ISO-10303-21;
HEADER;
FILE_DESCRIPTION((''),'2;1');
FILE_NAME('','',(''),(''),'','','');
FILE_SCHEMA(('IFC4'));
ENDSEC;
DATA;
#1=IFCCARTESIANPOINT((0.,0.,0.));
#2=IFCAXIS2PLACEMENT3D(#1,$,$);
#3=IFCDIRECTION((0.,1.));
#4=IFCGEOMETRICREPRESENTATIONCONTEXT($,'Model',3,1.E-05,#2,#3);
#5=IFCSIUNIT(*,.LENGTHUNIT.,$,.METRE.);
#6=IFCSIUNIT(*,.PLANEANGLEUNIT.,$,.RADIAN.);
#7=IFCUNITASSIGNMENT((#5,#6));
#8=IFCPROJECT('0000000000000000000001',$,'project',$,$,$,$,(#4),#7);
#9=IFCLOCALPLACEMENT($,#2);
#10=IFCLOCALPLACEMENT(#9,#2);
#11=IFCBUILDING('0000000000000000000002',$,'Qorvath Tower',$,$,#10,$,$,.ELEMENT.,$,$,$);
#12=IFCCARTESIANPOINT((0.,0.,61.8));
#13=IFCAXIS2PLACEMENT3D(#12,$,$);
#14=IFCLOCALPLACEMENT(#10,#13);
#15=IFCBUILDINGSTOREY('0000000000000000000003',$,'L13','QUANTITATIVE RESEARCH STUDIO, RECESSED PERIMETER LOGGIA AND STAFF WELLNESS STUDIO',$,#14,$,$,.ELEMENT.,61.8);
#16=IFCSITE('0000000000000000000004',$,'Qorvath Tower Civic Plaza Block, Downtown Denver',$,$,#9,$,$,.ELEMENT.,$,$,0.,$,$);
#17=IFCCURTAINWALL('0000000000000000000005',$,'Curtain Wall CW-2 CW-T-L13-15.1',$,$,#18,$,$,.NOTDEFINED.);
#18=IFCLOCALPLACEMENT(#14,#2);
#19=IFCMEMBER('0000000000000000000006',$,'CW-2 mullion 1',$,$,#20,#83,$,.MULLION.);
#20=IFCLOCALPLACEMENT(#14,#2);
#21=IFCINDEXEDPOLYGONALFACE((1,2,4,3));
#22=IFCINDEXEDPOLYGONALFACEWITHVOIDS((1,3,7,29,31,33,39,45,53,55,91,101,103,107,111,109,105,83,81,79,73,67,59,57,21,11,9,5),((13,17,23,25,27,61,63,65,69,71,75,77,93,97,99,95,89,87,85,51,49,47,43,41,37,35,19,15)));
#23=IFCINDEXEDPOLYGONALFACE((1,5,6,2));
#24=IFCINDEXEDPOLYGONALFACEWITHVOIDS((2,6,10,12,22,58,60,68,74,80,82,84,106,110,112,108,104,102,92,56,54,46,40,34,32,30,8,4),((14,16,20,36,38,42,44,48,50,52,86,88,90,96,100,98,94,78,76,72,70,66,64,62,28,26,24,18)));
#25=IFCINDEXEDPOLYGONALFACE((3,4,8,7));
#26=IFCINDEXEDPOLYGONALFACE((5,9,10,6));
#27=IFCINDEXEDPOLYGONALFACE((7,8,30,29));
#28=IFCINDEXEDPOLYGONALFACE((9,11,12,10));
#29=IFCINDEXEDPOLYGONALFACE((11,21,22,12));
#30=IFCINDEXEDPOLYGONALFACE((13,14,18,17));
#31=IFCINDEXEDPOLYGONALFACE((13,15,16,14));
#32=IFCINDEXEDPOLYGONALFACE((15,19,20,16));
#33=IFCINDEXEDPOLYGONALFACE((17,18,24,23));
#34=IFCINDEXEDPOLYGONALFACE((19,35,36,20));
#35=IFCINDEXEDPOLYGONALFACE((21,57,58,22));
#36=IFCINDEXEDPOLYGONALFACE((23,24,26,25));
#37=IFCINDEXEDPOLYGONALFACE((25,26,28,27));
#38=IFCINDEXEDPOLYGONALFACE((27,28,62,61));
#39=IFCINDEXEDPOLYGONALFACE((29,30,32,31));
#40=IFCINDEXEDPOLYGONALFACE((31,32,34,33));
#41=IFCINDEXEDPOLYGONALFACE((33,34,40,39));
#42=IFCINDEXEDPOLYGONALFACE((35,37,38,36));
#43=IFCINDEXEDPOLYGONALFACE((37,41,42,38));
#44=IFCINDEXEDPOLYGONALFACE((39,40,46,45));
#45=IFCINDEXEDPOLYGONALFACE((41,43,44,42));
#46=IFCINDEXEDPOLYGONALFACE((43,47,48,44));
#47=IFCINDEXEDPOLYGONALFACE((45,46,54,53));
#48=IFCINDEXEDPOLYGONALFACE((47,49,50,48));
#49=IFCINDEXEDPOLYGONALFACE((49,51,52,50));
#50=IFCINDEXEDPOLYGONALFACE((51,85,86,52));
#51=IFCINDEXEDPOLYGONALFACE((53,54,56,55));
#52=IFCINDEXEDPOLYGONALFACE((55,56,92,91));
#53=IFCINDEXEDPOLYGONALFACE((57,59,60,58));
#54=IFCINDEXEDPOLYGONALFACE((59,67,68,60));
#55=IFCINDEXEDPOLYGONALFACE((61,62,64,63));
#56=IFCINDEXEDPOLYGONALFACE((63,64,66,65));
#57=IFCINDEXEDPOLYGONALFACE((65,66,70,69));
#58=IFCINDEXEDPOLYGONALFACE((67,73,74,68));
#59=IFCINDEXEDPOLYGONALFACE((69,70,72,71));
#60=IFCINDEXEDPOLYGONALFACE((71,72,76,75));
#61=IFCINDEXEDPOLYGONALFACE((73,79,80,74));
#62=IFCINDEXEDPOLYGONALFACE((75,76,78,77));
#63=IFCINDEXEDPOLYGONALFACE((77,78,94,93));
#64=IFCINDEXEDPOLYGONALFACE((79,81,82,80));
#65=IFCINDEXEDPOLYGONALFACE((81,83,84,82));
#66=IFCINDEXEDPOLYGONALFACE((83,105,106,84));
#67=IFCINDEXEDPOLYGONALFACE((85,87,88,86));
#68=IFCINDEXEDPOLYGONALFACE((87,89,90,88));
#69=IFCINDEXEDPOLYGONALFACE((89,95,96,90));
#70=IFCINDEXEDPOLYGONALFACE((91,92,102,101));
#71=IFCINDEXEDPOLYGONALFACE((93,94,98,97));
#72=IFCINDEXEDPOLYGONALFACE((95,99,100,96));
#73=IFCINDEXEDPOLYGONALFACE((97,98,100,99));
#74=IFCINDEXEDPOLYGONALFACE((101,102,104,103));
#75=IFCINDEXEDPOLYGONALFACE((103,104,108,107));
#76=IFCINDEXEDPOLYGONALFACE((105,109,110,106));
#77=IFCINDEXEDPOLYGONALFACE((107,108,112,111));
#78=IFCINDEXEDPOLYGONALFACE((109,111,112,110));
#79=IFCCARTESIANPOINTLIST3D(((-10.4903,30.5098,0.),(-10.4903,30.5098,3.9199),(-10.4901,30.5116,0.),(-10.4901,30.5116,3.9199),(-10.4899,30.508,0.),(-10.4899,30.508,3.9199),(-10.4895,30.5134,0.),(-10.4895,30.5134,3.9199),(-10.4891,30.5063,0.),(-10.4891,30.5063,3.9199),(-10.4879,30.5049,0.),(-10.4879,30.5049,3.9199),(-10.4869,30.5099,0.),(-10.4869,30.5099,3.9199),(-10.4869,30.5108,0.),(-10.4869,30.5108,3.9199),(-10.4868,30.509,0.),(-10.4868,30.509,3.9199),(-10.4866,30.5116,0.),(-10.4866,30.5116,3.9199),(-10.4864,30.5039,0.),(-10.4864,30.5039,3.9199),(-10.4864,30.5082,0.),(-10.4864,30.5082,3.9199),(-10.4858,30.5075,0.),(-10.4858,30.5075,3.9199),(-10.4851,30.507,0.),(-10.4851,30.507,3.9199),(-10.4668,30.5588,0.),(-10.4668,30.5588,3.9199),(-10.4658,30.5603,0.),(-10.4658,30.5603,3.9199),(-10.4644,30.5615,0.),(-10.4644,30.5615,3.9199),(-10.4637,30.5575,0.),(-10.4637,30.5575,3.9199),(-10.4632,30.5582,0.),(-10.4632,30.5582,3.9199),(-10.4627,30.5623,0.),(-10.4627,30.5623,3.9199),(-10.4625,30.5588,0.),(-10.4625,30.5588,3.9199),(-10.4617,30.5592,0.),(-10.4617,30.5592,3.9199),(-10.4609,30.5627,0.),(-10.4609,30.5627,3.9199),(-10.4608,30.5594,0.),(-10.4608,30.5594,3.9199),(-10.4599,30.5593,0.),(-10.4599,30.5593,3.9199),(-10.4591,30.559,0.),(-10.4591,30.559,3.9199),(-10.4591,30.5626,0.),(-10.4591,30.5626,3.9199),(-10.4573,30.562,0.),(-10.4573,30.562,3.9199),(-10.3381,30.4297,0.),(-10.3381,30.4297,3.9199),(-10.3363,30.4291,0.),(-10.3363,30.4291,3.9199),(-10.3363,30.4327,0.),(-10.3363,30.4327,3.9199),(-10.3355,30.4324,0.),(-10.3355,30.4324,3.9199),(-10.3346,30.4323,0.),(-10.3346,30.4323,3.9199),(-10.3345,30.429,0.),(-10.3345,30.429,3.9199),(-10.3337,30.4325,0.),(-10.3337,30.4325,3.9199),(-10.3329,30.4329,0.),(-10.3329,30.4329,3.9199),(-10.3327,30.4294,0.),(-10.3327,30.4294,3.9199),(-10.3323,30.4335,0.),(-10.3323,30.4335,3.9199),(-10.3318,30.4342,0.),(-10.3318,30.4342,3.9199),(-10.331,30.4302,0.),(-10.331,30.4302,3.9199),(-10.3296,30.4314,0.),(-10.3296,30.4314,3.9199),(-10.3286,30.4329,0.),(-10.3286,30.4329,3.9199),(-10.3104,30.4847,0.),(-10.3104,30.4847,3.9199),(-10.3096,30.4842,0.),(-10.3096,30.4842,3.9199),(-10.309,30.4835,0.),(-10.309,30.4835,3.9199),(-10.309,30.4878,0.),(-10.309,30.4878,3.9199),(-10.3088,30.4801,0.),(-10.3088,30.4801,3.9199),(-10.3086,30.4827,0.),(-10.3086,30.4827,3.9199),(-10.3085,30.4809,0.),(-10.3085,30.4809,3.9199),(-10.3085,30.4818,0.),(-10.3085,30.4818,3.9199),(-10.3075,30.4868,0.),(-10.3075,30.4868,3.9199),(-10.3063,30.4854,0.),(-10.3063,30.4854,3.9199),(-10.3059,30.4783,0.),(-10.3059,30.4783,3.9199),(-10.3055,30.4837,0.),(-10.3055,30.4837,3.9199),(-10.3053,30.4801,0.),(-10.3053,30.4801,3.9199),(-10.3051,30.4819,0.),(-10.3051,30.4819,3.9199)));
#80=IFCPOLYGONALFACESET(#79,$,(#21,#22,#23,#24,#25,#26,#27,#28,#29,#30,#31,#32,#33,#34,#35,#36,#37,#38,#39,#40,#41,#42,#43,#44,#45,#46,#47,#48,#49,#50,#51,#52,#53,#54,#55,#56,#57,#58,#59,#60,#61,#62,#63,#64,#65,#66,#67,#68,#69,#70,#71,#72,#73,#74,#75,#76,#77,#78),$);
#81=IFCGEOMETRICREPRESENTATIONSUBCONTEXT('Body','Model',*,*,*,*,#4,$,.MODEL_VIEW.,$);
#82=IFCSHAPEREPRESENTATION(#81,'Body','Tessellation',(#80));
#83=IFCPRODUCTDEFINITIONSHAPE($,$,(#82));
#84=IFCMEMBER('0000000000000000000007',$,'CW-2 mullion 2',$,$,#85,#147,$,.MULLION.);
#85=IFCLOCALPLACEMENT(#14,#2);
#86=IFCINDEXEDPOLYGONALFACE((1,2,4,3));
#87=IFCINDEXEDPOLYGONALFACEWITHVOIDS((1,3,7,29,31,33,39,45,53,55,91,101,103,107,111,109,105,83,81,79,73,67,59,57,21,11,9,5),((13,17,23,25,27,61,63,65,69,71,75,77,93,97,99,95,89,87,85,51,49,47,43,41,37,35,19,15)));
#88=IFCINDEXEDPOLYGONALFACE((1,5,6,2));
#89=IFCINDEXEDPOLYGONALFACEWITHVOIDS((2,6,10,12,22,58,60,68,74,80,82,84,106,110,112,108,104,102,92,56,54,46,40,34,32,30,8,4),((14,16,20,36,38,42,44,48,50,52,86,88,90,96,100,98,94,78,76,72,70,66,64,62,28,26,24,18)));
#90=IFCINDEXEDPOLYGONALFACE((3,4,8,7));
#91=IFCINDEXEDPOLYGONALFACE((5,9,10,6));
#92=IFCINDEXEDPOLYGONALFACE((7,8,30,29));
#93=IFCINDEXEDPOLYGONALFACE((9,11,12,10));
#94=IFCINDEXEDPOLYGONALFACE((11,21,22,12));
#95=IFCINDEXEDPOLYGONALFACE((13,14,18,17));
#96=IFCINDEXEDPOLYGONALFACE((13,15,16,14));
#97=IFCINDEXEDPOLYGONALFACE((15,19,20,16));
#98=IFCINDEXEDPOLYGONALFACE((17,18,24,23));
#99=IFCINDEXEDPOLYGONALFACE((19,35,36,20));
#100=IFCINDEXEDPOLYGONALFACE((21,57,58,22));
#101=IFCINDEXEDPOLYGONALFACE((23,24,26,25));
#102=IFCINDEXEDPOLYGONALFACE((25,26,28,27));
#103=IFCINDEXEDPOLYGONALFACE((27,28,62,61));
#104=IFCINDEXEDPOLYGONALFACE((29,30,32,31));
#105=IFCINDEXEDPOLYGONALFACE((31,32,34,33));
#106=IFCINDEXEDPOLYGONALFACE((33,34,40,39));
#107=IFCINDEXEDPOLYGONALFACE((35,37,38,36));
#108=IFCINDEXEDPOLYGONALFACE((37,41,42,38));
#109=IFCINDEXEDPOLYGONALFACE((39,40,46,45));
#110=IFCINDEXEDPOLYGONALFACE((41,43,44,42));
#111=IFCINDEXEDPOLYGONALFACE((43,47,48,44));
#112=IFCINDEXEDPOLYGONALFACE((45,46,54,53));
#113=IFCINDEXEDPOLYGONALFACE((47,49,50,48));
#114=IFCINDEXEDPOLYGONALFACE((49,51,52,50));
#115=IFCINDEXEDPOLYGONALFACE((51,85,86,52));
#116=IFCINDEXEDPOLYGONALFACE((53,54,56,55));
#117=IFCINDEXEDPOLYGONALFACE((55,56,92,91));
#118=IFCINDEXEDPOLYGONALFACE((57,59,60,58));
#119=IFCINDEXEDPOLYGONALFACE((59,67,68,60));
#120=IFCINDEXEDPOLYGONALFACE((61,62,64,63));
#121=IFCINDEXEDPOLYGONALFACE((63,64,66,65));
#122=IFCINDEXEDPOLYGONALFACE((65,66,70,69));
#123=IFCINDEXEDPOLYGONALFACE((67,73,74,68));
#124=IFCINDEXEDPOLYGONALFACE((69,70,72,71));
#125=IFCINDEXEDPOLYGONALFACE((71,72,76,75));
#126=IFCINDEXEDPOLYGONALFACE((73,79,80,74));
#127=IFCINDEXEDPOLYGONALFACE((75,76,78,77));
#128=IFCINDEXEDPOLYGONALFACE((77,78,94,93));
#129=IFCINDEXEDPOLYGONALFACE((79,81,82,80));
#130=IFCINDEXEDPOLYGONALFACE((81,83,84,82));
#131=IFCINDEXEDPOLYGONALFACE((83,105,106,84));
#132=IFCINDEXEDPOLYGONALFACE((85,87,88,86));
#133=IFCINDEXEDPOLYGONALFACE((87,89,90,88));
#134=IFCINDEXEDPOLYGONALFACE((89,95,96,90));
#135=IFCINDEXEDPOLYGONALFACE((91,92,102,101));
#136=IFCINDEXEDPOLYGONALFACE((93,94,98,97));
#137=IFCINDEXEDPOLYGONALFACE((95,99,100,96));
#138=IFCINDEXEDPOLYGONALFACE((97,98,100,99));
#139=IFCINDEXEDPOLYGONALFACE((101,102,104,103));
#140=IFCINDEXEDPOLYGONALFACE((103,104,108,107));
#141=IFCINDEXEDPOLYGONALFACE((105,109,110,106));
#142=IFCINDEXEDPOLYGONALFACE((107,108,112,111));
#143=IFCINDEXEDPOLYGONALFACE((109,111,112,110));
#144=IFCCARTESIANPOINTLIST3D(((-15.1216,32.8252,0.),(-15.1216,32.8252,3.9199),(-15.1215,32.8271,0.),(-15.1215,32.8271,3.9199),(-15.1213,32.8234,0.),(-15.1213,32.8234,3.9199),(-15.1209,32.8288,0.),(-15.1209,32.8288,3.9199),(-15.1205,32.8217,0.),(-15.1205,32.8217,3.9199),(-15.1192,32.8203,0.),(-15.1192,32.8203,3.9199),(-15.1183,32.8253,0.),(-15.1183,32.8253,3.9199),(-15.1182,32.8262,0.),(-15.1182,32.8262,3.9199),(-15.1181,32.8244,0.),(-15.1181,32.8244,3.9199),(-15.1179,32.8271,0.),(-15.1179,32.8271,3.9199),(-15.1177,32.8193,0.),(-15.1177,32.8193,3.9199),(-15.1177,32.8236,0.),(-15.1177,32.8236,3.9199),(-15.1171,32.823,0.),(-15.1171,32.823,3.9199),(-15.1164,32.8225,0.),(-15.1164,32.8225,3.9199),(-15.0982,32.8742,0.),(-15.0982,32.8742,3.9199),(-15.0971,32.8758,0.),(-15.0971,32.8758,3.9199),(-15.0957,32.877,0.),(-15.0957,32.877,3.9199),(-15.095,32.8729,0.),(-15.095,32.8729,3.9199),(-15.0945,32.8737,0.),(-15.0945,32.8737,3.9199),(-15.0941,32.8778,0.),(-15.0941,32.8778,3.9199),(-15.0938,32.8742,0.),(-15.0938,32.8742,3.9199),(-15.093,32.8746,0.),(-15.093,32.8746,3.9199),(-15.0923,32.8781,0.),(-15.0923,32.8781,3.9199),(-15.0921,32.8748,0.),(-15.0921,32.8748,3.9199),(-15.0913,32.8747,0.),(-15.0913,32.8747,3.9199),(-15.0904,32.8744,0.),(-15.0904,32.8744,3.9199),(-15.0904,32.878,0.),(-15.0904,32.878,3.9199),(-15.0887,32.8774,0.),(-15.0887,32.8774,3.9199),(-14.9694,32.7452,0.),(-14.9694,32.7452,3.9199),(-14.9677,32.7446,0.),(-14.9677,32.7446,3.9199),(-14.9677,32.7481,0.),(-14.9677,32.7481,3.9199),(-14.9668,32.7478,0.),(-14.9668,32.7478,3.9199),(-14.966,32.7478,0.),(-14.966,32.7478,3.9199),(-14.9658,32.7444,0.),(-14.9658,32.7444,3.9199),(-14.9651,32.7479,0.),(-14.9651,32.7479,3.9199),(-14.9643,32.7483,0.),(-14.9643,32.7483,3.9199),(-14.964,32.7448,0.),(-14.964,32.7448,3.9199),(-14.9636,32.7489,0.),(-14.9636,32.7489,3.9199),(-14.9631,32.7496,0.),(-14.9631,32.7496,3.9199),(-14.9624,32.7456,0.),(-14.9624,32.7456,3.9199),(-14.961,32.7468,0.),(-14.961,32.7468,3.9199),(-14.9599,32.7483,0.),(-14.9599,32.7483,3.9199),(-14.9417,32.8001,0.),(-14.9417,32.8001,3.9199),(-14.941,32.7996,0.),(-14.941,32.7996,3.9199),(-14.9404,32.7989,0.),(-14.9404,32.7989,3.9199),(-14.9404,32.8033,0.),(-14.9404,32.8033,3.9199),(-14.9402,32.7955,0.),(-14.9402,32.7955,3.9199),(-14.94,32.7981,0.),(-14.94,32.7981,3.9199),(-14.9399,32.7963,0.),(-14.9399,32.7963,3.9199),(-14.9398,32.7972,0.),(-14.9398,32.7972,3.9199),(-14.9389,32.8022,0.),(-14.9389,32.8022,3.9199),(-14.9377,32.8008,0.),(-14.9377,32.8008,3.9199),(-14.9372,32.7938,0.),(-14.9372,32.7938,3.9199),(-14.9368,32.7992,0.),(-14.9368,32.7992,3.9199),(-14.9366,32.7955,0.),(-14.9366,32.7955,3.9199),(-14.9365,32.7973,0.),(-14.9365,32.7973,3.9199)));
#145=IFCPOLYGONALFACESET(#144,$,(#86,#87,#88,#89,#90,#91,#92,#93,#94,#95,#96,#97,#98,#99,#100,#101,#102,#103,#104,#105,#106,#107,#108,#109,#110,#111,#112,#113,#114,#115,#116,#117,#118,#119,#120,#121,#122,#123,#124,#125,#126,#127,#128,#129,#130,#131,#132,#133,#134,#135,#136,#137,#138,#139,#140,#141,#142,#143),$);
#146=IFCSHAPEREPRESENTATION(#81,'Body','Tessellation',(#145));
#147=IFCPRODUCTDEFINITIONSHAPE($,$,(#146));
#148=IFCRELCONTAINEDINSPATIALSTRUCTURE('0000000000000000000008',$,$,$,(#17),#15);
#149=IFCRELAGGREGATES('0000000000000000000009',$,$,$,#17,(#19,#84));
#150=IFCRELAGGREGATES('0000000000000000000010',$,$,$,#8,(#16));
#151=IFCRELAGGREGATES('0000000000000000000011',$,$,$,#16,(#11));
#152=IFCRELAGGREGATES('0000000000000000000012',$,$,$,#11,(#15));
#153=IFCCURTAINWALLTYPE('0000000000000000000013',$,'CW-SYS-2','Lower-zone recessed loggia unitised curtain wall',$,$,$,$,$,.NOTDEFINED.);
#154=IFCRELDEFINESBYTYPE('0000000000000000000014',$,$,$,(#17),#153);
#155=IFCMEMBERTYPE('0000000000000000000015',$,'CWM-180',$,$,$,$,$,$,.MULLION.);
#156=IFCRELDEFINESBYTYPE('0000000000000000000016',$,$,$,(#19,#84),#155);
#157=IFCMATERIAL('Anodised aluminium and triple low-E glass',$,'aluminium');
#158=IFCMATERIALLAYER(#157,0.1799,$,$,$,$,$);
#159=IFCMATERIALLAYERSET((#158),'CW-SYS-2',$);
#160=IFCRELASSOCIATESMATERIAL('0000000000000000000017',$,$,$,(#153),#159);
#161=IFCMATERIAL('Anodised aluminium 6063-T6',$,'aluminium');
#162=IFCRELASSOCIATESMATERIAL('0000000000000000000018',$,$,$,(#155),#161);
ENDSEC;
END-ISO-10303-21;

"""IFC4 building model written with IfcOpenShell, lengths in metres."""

from ifc_helpers import new_model, si_unit, direction, frame, origin, origin_2d, place, context, subcontext, project, spatial, hollow_rectangle, extrude, material, layer, layer_set, material_profile, profile_set, type_object, element, aggregate, save


model = new_model("IFC4")

# Units and contexts
model_context = context("Model", 3, precision=1e-05, world=origin(), true_north=direction((0.0, 1.0)))
body_context = subcontext(model_context, "Body", "Model", "MODEL_VIEW")
ifc_project = project(units=[si_unit("LENGTHUNIT", "METRE"), si_unit("PLANEANGLEUNIT", "RADIAN")], contexts=[model_context])

# Site, building, storey
site_placement = place(None, origin())
site = spatial("IfcSite", under=ifc_project, at=site_placement, Name="Qorvath Tower Civic Plaza Block, Downtown Denver", CompositionType="ELEMENT", RefElevation=0.0)
building_placement = place(site_placement, origin())
building = spatial("IfcBuilding", under=site, at=building_placement, Name="Qorvath Tower", CompositionType="ELEMENT")
storey_placement = place(building_placement, frame((0.0, 0.0, 61.8)))
storey = spatial("IfcBuildingStorey", under=building, at=storey_placement, Name="L13", Description="QUANTITATIVE RESEARCH STUDIO, RECESSED PERIMETER LOGGIA AND STAFF WELLNESS STUDIO", CompositionType="ELEMENT", Elevation=61.8)

# Shared definitions
ifc_material_1 = material(Name="Anodised aluminium and triple low-E glass", Category="aluminium")
ifc_layer_1 = layer(ifc_material_1, 0.1799)
ifc_layer_set_1 = layer_set([ifc_layer_1], Name="CW-SYS-2")
curtain_wall_type = type_object("IfcCurtainWallType", Name="CW-SYS-2", Description="Lower-zone recessed loggia unitised curtain wall", PredefinedType="NOTDEFINED", material=ifc_layer_set_1)
ifc_material_2 = material(Name="Anodised aluminium 6063-T6", Category="aluminium")
ifc_material_profile_1 = material_profile(ifc_material_2, hollow_rectangle(XDim=0.0649, YDim=0.1799, WallThickness=0.0034, InnerFilletRadius=0.0034, OuterFilletRadius=0.0071, at=origin_2d()), Name="CWM 180x65")
ifc_profile_set_1 = profile_set([ifc_material_profile_1], Name="Anodised aluminium 6063-T6")
member_type_1 = type_object("IfcMemberType", Name="CWM-180", PredefinedType="MULLION", material=ifc_profile_set_1)

# Curtain wall, members
curtain_wall_1_placement = place(storey_placement, origin())
curtain_wall_1 = element("IfcCurtainWall", 1, at=curtain_wall_1_placement, inside=storey, type_object=curtain_wall_type, Name="Curtain Wall CW-2 CW-T-L13-15.1", PredefinedType="NOTDEFINED")
member_1_placement = place(storey_placement, frame((-10.3977, 30.4958, 0.0), z_axis=(0.0, 0.0, 1.0), x_axis=(-0.447214, -0.894427, 0.0)))
member_1 = element("IfcMember", 2, at=member_1_placement, type_object=member_type_1, Name="CW-2 mullion 1", PredefinedType="MULLION", context=body_context, shape_type="SweptSolid", body=[
    extrude(hollow_rectangle(XDim=0.0649, YDim=0.1799, WallThickness=0.0034, InnerFilletRadius=0.0034, OuterFilletRadius=0.0071, at=origin_2d()), origin(), (0.0, 0.0, 1.0), 3.9199),
])
member_2_placement = place(storey_placement, frame((-15.0291, 32.8113, 0.0), z_axis=(0.0, 0.0, 1.0), x_axis=(-0.447214, -0.894427, 0.0)))
member_2 = element("IfcMember", 3, at=member_2_placement, type_object=member_type_1, Name="CW-2 mullion 2", PredefinedType="MULLION", context=body_context, shape_type="SweptSolid", body=[
    extrude(hollow_rectangle(XDim=0.0649, YDim=0.1799, WallThickness=0.0034, InnerFilletRadius=0.0034, OuterFilletRadius=0.0071, at=origin_2d()), origin(), (0.0, 0.0, 1.0), 3.9199),
])

aggregate(curtain_wall_1, [member_1, member_2])

save(model, "model.ifc")
